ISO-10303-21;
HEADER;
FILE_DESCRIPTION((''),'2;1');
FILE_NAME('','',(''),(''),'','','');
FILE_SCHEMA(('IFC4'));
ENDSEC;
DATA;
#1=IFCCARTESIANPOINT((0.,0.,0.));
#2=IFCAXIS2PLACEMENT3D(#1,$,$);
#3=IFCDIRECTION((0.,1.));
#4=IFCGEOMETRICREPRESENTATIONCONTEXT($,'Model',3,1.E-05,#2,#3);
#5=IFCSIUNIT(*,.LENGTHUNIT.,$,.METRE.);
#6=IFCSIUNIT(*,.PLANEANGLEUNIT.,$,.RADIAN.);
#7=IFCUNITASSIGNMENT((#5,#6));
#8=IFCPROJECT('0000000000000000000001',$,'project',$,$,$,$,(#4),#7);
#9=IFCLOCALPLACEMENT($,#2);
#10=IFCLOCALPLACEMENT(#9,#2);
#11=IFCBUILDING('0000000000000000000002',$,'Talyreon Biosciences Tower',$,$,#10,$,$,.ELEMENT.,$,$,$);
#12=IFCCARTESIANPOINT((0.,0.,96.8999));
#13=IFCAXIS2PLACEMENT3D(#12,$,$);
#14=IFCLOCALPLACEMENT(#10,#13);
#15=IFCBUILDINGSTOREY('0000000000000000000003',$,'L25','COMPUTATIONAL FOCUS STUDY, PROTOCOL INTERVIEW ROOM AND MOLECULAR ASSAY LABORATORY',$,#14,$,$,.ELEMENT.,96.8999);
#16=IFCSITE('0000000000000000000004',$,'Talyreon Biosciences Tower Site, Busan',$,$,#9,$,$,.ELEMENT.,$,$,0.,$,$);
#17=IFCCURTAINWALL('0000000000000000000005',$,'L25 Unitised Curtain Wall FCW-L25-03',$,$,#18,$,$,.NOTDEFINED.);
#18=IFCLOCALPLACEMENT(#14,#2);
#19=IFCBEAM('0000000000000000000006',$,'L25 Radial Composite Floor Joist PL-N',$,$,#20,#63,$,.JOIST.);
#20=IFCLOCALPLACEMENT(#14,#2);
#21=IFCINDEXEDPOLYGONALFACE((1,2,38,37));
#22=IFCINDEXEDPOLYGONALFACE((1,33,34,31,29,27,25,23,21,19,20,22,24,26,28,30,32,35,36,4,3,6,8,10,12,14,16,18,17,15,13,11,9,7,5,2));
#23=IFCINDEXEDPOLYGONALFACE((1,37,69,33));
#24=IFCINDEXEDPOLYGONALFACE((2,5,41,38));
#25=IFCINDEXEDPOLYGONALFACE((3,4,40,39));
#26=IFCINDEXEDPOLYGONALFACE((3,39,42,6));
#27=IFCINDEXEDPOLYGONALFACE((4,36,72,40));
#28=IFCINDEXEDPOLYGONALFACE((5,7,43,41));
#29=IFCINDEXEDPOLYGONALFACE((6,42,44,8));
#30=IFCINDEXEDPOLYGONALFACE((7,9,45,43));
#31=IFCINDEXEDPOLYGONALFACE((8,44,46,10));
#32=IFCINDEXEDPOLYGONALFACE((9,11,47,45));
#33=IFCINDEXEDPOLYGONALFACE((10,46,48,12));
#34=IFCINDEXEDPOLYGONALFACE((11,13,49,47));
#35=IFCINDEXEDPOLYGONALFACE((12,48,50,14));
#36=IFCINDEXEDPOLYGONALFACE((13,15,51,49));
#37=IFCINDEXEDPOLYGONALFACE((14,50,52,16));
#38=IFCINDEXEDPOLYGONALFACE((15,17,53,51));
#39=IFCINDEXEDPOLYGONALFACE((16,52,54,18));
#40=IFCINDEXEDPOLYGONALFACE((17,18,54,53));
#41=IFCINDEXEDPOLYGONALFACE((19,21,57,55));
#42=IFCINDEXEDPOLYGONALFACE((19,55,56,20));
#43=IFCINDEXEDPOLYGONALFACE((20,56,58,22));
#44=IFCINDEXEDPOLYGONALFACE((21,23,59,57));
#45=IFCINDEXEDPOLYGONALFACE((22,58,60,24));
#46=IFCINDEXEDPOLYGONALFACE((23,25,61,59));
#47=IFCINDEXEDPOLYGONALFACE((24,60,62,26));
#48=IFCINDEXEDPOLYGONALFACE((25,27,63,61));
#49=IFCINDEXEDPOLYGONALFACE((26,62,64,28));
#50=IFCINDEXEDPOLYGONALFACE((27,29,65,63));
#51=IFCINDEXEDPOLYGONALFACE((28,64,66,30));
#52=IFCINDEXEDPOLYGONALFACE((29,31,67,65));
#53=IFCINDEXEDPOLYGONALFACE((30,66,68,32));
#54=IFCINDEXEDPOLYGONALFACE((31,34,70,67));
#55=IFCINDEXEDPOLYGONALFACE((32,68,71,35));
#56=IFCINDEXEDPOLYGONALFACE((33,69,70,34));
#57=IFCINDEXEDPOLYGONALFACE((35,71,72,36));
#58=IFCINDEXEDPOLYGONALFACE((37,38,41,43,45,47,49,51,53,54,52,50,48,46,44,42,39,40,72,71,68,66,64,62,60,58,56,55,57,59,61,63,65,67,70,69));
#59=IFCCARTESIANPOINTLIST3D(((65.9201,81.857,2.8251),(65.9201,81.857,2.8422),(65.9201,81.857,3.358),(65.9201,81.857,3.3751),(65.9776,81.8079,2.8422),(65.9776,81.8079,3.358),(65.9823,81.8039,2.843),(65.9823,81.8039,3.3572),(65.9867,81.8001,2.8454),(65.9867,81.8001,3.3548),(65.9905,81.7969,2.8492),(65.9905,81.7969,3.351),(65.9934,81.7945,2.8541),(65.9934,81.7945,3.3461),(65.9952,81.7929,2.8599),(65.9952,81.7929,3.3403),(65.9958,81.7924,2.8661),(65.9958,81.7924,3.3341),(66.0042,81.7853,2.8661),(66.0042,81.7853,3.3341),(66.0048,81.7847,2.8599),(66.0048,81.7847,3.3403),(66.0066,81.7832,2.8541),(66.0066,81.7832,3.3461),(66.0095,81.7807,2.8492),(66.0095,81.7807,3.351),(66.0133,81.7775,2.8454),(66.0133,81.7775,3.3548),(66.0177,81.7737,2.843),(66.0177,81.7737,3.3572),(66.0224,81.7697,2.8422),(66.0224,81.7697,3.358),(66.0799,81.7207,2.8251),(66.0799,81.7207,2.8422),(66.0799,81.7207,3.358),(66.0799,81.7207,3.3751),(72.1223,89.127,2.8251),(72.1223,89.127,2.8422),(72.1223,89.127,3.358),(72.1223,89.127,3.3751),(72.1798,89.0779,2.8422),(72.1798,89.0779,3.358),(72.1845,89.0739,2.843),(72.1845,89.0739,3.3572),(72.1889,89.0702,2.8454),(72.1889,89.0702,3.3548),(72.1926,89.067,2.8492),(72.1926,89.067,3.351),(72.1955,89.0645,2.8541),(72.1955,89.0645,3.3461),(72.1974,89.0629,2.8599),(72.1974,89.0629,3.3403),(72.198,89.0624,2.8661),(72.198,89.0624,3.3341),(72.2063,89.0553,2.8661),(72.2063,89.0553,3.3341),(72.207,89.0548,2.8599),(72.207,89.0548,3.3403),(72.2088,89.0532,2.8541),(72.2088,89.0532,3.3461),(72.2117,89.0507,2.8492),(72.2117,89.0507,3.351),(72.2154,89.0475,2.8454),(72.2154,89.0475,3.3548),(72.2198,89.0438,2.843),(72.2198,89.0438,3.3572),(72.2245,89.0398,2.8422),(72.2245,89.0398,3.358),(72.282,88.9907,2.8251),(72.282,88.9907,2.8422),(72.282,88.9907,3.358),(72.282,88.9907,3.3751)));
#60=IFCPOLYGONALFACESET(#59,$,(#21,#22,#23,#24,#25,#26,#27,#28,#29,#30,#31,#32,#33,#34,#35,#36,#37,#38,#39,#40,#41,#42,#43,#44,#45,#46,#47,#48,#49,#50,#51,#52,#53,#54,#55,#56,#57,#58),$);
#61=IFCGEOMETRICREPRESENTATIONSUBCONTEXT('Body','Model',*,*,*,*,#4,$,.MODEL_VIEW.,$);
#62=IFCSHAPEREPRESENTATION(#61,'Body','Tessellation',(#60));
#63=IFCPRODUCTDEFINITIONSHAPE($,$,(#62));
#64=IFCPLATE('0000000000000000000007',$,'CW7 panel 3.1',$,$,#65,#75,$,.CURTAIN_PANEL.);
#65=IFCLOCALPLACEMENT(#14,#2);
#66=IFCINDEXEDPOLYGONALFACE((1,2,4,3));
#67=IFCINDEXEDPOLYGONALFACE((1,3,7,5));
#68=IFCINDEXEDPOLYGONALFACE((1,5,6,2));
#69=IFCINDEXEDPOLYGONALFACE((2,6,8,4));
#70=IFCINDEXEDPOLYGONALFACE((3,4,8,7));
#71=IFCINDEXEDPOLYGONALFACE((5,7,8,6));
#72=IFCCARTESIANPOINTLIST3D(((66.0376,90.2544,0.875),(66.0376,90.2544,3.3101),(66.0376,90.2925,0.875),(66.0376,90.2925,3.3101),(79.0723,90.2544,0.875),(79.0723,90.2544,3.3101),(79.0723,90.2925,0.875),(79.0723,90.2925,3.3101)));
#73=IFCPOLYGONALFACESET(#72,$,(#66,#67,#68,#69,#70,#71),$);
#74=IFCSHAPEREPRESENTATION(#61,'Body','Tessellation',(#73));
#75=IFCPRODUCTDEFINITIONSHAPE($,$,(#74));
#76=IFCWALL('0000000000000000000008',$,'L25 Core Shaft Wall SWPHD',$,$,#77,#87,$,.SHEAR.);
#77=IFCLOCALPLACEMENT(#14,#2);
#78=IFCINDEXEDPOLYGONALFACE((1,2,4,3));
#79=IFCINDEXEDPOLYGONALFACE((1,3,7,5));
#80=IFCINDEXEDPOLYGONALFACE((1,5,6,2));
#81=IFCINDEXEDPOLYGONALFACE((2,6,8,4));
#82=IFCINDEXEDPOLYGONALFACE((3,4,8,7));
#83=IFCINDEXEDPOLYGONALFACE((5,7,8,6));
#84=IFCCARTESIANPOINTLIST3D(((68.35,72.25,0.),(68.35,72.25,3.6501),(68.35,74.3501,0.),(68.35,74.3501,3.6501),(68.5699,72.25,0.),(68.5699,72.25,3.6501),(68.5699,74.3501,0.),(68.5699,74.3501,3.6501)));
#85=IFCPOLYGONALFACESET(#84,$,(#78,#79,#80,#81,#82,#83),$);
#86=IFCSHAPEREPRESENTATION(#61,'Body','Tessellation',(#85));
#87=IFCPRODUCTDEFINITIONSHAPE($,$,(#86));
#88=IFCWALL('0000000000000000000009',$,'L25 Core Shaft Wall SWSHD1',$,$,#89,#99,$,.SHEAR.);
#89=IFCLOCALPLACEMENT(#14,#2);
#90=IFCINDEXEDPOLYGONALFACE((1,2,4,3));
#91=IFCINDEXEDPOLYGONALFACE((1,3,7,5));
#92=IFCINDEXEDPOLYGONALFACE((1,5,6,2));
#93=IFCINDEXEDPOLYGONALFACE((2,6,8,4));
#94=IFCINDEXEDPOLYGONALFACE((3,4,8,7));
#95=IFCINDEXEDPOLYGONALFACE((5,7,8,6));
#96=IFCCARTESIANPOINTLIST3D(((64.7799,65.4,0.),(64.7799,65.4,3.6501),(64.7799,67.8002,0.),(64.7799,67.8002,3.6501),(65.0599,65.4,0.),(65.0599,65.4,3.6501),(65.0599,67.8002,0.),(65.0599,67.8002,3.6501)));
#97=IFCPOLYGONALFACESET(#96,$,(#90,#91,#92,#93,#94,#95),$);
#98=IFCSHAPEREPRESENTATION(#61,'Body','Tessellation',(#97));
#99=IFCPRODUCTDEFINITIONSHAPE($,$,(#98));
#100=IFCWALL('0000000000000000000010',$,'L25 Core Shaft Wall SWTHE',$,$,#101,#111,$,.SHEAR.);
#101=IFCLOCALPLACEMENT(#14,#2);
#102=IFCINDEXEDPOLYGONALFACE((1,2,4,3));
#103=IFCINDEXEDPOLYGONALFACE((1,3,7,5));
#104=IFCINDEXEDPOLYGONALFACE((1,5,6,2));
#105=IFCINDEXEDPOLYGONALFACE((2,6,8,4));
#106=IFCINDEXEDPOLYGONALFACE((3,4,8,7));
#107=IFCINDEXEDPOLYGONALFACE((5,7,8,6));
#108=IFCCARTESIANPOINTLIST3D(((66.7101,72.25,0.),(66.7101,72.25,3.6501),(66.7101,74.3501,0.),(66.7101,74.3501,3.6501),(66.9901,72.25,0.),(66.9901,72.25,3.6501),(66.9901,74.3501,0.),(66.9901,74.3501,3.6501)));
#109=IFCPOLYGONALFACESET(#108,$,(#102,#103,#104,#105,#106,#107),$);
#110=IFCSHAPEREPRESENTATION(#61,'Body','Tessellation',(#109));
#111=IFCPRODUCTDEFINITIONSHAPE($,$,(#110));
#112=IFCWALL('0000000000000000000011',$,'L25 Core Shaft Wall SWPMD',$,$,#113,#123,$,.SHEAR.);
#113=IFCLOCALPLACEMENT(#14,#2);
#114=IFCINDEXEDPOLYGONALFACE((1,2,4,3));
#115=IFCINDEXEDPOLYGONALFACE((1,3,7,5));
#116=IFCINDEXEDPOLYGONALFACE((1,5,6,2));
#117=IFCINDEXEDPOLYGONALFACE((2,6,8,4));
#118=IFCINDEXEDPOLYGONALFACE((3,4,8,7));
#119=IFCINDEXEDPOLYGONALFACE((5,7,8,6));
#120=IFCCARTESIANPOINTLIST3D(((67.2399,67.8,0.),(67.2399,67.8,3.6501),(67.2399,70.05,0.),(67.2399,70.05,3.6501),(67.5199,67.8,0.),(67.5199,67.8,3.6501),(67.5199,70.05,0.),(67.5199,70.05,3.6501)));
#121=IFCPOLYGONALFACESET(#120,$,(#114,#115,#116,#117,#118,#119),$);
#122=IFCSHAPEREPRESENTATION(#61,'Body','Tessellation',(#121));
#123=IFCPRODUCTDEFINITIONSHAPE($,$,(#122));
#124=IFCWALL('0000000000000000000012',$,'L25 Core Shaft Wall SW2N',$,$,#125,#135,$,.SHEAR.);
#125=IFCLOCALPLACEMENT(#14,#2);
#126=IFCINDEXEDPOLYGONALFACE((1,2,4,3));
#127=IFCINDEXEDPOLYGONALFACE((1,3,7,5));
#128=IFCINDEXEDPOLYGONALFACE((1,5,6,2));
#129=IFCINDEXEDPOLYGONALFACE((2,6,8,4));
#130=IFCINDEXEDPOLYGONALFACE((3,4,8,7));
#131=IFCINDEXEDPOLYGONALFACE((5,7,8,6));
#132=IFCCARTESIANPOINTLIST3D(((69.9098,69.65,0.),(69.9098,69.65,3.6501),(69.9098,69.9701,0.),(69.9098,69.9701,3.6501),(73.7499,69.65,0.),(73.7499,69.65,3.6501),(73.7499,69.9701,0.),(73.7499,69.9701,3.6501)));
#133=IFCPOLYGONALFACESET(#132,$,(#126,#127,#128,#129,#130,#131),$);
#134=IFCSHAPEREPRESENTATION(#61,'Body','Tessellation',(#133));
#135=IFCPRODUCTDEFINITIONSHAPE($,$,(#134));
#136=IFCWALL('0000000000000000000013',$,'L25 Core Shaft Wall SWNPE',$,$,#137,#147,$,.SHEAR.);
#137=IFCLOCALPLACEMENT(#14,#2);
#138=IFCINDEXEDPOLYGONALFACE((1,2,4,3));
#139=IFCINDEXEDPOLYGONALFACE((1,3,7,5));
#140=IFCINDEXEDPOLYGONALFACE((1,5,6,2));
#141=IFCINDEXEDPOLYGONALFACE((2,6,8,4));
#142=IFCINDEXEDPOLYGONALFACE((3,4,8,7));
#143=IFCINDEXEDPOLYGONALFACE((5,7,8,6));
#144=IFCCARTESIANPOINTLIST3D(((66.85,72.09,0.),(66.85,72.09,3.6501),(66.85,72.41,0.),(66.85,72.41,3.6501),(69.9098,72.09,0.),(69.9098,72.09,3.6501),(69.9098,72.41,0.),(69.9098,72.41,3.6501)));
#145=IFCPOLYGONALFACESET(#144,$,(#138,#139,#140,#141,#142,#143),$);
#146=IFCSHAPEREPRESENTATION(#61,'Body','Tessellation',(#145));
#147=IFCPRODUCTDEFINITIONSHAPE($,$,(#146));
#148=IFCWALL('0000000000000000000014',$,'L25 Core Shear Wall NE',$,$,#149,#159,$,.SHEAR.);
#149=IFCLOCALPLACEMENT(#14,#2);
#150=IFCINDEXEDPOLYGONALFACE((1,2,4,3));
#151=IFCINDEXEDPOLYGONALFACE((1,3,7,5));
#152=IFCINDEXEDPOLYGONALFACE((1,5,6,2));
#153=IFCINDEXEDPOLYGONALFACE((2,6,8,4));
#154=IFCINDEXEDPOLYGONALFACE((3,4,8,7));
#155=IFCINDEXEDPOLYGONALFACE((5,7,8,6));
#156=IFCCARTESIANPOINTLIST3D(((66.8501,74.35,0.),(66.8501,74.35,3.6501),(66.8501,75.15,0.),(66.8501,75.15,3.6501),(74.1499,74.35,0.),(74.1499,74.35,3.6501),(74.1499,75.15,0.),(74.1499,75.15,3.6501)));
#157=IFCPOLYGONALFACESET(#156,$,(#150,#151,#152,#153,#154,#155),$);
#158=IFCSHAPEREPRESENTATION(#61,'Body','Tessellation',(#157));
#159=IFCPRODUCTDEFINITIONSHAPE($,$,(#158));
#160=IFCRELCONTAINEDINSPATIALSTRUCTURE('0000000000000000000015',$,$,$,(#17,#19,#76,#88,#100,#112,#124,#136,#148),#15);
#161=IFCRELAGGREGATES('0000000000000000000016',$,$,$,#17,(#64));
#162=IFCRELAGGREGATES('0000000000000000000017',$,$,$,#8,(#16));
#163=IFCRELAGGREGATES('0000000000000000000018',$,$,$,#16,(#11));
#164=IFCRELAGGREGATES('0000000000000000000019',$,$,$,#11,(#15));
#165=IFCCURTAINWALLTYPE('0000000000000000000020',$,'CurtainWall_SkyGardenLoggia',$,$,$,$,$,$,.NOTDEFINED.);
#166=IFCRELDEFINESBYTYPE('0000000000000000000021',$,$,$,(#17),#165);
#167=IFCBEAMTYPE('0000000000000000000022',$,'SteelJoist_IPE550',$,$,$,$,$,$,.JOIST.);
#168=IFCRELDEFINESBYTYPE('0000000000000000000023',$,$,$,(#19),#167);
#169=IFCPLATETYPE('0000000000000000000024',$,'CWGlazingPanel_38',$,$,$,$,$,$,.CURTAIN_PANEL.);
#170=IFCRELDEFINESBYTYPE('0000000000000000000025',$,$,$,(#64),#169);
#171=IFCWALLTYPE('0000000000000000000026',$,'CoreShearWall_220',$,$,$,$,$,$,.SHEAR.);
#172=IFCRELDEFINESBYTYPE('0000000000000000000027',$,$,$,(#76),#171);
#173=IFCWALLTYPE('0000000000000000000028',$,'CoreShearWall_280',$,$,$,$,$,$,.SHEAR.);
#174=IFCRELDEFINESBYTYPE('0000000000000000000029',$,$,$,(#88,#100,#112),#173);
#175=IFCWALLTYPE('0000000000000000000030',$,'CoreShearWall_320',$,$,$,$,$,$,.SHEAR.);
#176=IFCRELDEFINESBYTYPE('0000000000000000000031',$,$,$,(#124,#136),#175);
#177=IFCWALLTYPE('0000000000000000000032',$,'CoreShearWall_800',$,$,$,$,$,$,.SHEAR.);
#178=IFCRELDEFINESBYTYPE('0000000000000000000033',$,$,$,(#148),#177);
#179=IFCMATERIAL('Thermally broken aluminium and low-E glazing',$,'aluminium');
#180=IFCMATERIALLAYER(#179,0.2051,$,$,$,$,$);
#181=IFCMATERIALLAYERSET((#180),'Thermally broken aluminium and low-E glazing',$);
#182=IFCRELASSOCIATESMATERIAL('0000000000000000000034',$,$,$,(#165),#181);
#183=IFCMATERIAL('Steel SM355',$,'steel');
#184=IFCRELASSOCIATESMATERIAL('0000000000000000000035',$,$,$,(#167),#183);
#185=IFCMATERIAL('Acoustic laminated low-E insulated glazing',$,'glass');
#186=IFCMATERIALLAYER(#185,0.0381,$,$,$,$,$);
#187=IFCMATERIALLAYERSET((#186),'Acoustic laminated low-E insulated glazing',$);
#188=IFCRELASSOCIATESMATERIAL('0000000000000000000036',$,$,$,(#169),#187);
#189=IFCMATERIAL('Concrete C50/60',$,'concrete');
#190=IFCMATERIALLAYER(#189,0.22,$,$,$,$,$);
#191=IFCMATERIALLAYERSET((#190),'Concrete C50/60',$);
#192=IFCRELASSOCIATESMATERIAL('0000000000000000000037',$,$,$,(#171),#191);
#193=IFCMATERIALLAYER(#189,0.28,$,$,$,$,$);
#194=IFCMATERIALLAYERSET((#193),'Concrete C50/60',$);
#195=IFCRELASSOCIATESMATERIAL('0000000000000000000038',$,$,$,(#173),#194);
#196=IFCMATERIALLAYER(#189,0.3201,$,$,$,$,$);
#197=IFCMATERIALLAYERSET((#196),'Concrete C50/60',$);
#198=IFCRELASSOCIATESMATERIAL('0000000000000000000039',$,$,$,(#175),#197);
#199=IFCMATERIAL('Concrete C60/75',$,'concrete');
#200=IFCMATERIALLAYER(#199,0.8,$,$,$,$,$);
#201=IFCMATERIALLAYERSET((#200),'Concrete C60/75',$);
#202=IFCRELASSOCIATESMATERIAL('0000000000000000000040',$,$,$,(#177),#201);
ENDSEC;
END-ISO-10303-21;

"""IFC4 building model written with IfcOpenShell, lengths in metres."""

from ifc_helpers import new_model, si_unit, direction, frame, frame_2d, origin, origin_2d, place, context, subcontext, project, spatial, rectangle, i_section, extrude, material, layer, layer_set, material_profile, profile_set, type_object, element, aggregate, save


model = new_model("IFC4")

# Units and contexts
model_context = context("Model", 3, precision=1e-05, world=origin(), true_north=direction((0.0, 1.0)))
body_context = subcontext(model_context, "Body", "Model", "MODEL_VIEW")
ifc_project = project(units=[si_unit("LENGTHUNIT", "METRE"), si_unit("PLANEANGLEUNIT", "RADIAN")], contexts=[model_context])

# Site, building, storey
site_placement = place(None, origin())
site = spatial("IfcSite", under=ifc_project, at=site_placement, Name="Talyreon Biosciences Tower Site, Busan", CompositionType="ELEMENT", RefElevation=0.0)
building_placement = place(site_placement, origin())
building = spatial("IfcBuilding", under=site, at=building_placement, Name="Talyreon Biosciences Tower", CompositionType="ELEMENT")
storey_placement = place(building_placement, frame((0.0, 0.0, 96.8999)))
storey = spatial("IfcBuildingStorey", under=building, at=storey_placement, Name="L25", Description="COMPUTATIONAL FOCUS STUDY, PROTOCOL INTERVIEW ROOM AND MOLECULAR ASSAY LABORATORY", CompositionType="ELEMENT", Elevation=96.8999)

# Shared definitions
ifc_material_1 = material(Name="Concrete C60/75", Category="concrete")
ifc_material_2 = material(Name="Concrete C50/60", Category="concrete")

# Curtain wall
ifc_material_3 = material(Name="Thermally broken aluminium and low-E glazing", Category="aluminium")
ifc_layer_1 = layer(ifc_material_3, 0.2051)
ifc_layer_set_1 = layer_set([ifc_layer_1], Name="Thermally broken aluminium and low-E glazing")
curtain_wall_type = type_object("IfcCurtainWallType", Name="CurtainWall_SkyGardenLoggia", PredefinedType="NOTDEFINED", material=ifc_layer_set_1)
curtain_wall_placement = place(storey_placement, origin())
curtain_wall = element("IfcCurtainWall", 1, at=curtain_wall_placement, inside=storey, type_object=curtain_wall_type, Name="L25 Unitised Curtain Wall FCW-L25-03", PredefinedType="NOTDEFINED")

# Beam
ifc_material_4 = material(Name="Steel SM355", Category="steel")
ifc_material_profile_1 = material_profile(ifc_material_4, i_section(OverallWidth=0.21, OverallDepth=0.55, WebThickness=0.011, FlangeThickness=0.0171, FilletRadius=0.0239, at=origin_2d()), Name="IPE550")
ifc_profile_set_1 = profile_set([ifc_material_profile_1], Name="Steel SM355")
beam_type_1 = type_object("IfcBeamType", Name="SteelJoist_IPE550", PredefinedType="JOIST", material=ifc_profile_set_1)
beam_1_placement = place(storey_placement, frame((66.0, 81.7888, 3.1001), z_axis=(0.649022, 0.760769, 0.0), x_axis=(-0.760769, 0.649022, 0.0)))
element("IfcBeam", 2, at=beam_1_placement, inside=storey, type_object=beam_type_1, Name="L25 Radial Composite Floor Joist PL-N", PredefinedType="JOIST", context=body_context, shape_type="SweptSolid", body=[
    extrude(i_section(OverallWidth=0.21, OverallDepth=0.55, WebThickness=0.011, FlangeThickness=0.0171, FilletRadius=0.0239, at=origin_2d()), origin(), (0.0, 0.0, 1.0), 9.5562),
])

# Plate
ifc_material_5 = material(Name="Acoustic laminated low-E insulated glazing", Category="glass")
ifc_layer_2 = layer(ifc_material_5, 0.0381)
ifc_layer_set_2 = layer_set([ifc_layer_2], Name="Acoustic laminated low-E insulated glazing")
plate_type = type_object("IfcPlateType", Name="CWGlazingPanel_38", PredefinedType="CURTAIN_PANEL", material=ifc_layer_set_2)
plate_placement = place(storey_placement, frame((72.5549, 90.2734, 0.875), z_axis=(0.0, 0.0, 1.0), x_axis=(1.0, 0.0, 0.0)))
plate = element("IfcPlate", 3, at=plate_placement, type_object=plate_type, Name="CW7 panel 3.1", PredefinedType="CURTAIN_PANEL", context=body_context, shape_type="SweptSolid", body=[
    extrude(rectangle(XDim=13.0347, YDim=0.0381, at=origin_2d()), origin(), (0.0, 0.0, 1.0), 2.4351),
])
aggregate(curtain_wall, [plate])

# Walls
ifc_layer_3 = layer(ifc_material_2, 0.22)
ifc_layer_set_3 = layer_set([ifc_layer_3], Name="Concrete C50/60")
wall_type_1 = type_object("IfcWallType", Name="CoreShearWall_220", PredefinedType="SHEAR", material=ifc_layer_set_3)
wall_1_placement = place(storey_placement, frame((68.46, 72.25, 0.0), z_axis=(0.0, 0.0, 1.0), x_axis=(0.0, 1.0, 0.0)))
element("IfcWall", 4, at=wall_1_placement, inside=storey, type_object=wall_type_1, Name="L25 Core Shaft Wall SWPHD", PredefinedType="SHEAR", context=body_context, shape_type="SweptSolid", body=[
    extrude(rectangle(XDim=2.1001, YDim=0.22, at=frame_2d((1.05, 0.0))), origin(), (0.0, 0.0, 1.0), 3.6501),
])
ifc_layer_4 = layer(ifc_material_2, 0.28)
ifc_layer_set_4 = layer_set([ifc_layer_4], Name="Concrete C50/60")
wall_type_2 = type_object("IfcWallType", Name="CoreShearWall_280", PredefinedType="SHEAR", material=ifc_layer_set_4)
wall_2_placement = place(storey_placement, frame((64.9199, 65.3999, 0.0), z_axis=(0.0, 0.0, 1.0), x_axis=(0.0, 1.0, 0.0)))
element("IfcWall", 5, at=wall_2_placement, inside=storey, type_object=wall_type_2, Name="L25 Core Shaft Wall SWSHD1", PredefinedType="SHEAR", context=body_context, shape_type="SweptSolid", body=[
    extrude(rectangle(XDim=2.4001, YDim=0.28, at=frame_2d((1.2002, 0.0))), origin(), (0.0, 0.0, 1.0), 3.6501),
])
wall_3_placement = place(storey_placement, frame((66.8501, 72.25, 0.0), z_axis=(0.0, 0.0, 1.0), x_axis=(0.0, 1.0, 0.0)))
element("IfcWall", 6, at=wall_3_placement, inside=storey, type_object=wall_type_2, Name="L25 Core Shaft Wall SWTHE", PredefinedType="SHEAR", context=body_context, shape_type="SweptSolid", body=[
    extrude(rectangle(XDim=2.1001, YDim=0.28, at=frame_2d((1.05, 0.0))), origin(), (0.0, 0.0, 1.0), 3.6501),
])
wall_4_placement = place(storey_placement, frame((67.3799, 67.8, 0.0), z_axis=(0.0, 0.0, 1.0), x_axis=(0.0, 1.0, 0.0)))
element("IfcWall", 7, at=wall_4_placement, inside=storey, type_object=wall_type_2, Name="L25 Core Shaft Wall SWPMD", PredefinedType="SHEAR", context=body_context, shape_type="SweptSolid", body=[
    extrude(rectangle(XDim=2.25, YDim=0.28, at=frame_2d((1.125, 0.0))), origin(), (0.0, 0.0, 1.0), 3.6501),
])
ifc_layer_5 = layer(ifc_material_2, 0.3201)
ifc_layer_set_5 = layer_set([ifc_layer_5], Name="Concrete C50/60")
wall_type_3 = type_object("IfcWallType", Name="CoreShearWall_320", PredefinedType="SHEAR", material=ifc_layer_set_5)
wall_5_placement = place(storey_placement, frame((69.9099, 69.8101, 0.0), z_axis=(0.0, 0.0, 1.0), x_axis=(1.0, 0.0, 0.0)))
element("IfcWall", 8, at=wall_5_placement, inside=storey, type_object=wall_type_3, Name="L25 Core Shaft Wall SW2N", PredefinedType="SHEAR", context=body_context, shape_type="SweptSolid", body=[
    extrude(rectangle(XDim=3.8401, YDim=0.3201, at=frame_2d((1.9199, 0.0))), origin(), (0.0, 0.0, 1.0), 3.6501),
])
wall_6_placement = place(storey_placement, frame((66.8501, 72.25, 0.0), z_axis=(0.0, 0.0, 1.0), x_axis=(1.0, 0.0, 0.0)))
element("IfcWall", 9, at=wall_6_placement, inside=storey, type_object=wall_type_3, Name="L25 Core Shaft Wall SWNPE", PredefinedType="SHEAR", context=body_context, shape_type="SweptSolid", body=[
    extrude(rectangle(XDim=3.0598, YDim=0.3201, at=frame_2d((1.5298, 0.0))), origin(), (0.0, 0.0, 1.0), 3.6501),
])
ifc_layer_6 = layer(ifc_material_1, 0.8)
ifc_layer_set_6 = layer_set([ifc_layer_6], Name="Concrete C60/75")
wall_type_4 = type_object("IfcWallType", Name="CoreShearWall_800", PredefinedType="SHEAR", material=ifc_layer_set_6)
wall_7_placement = place(storey_placement, frame((74.1499, 74.75, 0.0), z_axis=(0.0, 0.0, 1.0), x_axis=(-1.0, 0.0, 0.0)))
element("IfcWall", 10, at=wall_7_placement, inside=storey, type_object=wall_type_4, Name="L25 Core Shear Wall NE", PredefinedType="SHEAR", context=body_context, shape_type="SweptSolid", body=[
    extrude(rectangle(XDim=7.2998, YDim=0.8, at=frame_2d((3.6499, 0.0))), origin(), (0.0, 0.0, 1.0), 3.6501),
])

save(model, "model.ifc")
